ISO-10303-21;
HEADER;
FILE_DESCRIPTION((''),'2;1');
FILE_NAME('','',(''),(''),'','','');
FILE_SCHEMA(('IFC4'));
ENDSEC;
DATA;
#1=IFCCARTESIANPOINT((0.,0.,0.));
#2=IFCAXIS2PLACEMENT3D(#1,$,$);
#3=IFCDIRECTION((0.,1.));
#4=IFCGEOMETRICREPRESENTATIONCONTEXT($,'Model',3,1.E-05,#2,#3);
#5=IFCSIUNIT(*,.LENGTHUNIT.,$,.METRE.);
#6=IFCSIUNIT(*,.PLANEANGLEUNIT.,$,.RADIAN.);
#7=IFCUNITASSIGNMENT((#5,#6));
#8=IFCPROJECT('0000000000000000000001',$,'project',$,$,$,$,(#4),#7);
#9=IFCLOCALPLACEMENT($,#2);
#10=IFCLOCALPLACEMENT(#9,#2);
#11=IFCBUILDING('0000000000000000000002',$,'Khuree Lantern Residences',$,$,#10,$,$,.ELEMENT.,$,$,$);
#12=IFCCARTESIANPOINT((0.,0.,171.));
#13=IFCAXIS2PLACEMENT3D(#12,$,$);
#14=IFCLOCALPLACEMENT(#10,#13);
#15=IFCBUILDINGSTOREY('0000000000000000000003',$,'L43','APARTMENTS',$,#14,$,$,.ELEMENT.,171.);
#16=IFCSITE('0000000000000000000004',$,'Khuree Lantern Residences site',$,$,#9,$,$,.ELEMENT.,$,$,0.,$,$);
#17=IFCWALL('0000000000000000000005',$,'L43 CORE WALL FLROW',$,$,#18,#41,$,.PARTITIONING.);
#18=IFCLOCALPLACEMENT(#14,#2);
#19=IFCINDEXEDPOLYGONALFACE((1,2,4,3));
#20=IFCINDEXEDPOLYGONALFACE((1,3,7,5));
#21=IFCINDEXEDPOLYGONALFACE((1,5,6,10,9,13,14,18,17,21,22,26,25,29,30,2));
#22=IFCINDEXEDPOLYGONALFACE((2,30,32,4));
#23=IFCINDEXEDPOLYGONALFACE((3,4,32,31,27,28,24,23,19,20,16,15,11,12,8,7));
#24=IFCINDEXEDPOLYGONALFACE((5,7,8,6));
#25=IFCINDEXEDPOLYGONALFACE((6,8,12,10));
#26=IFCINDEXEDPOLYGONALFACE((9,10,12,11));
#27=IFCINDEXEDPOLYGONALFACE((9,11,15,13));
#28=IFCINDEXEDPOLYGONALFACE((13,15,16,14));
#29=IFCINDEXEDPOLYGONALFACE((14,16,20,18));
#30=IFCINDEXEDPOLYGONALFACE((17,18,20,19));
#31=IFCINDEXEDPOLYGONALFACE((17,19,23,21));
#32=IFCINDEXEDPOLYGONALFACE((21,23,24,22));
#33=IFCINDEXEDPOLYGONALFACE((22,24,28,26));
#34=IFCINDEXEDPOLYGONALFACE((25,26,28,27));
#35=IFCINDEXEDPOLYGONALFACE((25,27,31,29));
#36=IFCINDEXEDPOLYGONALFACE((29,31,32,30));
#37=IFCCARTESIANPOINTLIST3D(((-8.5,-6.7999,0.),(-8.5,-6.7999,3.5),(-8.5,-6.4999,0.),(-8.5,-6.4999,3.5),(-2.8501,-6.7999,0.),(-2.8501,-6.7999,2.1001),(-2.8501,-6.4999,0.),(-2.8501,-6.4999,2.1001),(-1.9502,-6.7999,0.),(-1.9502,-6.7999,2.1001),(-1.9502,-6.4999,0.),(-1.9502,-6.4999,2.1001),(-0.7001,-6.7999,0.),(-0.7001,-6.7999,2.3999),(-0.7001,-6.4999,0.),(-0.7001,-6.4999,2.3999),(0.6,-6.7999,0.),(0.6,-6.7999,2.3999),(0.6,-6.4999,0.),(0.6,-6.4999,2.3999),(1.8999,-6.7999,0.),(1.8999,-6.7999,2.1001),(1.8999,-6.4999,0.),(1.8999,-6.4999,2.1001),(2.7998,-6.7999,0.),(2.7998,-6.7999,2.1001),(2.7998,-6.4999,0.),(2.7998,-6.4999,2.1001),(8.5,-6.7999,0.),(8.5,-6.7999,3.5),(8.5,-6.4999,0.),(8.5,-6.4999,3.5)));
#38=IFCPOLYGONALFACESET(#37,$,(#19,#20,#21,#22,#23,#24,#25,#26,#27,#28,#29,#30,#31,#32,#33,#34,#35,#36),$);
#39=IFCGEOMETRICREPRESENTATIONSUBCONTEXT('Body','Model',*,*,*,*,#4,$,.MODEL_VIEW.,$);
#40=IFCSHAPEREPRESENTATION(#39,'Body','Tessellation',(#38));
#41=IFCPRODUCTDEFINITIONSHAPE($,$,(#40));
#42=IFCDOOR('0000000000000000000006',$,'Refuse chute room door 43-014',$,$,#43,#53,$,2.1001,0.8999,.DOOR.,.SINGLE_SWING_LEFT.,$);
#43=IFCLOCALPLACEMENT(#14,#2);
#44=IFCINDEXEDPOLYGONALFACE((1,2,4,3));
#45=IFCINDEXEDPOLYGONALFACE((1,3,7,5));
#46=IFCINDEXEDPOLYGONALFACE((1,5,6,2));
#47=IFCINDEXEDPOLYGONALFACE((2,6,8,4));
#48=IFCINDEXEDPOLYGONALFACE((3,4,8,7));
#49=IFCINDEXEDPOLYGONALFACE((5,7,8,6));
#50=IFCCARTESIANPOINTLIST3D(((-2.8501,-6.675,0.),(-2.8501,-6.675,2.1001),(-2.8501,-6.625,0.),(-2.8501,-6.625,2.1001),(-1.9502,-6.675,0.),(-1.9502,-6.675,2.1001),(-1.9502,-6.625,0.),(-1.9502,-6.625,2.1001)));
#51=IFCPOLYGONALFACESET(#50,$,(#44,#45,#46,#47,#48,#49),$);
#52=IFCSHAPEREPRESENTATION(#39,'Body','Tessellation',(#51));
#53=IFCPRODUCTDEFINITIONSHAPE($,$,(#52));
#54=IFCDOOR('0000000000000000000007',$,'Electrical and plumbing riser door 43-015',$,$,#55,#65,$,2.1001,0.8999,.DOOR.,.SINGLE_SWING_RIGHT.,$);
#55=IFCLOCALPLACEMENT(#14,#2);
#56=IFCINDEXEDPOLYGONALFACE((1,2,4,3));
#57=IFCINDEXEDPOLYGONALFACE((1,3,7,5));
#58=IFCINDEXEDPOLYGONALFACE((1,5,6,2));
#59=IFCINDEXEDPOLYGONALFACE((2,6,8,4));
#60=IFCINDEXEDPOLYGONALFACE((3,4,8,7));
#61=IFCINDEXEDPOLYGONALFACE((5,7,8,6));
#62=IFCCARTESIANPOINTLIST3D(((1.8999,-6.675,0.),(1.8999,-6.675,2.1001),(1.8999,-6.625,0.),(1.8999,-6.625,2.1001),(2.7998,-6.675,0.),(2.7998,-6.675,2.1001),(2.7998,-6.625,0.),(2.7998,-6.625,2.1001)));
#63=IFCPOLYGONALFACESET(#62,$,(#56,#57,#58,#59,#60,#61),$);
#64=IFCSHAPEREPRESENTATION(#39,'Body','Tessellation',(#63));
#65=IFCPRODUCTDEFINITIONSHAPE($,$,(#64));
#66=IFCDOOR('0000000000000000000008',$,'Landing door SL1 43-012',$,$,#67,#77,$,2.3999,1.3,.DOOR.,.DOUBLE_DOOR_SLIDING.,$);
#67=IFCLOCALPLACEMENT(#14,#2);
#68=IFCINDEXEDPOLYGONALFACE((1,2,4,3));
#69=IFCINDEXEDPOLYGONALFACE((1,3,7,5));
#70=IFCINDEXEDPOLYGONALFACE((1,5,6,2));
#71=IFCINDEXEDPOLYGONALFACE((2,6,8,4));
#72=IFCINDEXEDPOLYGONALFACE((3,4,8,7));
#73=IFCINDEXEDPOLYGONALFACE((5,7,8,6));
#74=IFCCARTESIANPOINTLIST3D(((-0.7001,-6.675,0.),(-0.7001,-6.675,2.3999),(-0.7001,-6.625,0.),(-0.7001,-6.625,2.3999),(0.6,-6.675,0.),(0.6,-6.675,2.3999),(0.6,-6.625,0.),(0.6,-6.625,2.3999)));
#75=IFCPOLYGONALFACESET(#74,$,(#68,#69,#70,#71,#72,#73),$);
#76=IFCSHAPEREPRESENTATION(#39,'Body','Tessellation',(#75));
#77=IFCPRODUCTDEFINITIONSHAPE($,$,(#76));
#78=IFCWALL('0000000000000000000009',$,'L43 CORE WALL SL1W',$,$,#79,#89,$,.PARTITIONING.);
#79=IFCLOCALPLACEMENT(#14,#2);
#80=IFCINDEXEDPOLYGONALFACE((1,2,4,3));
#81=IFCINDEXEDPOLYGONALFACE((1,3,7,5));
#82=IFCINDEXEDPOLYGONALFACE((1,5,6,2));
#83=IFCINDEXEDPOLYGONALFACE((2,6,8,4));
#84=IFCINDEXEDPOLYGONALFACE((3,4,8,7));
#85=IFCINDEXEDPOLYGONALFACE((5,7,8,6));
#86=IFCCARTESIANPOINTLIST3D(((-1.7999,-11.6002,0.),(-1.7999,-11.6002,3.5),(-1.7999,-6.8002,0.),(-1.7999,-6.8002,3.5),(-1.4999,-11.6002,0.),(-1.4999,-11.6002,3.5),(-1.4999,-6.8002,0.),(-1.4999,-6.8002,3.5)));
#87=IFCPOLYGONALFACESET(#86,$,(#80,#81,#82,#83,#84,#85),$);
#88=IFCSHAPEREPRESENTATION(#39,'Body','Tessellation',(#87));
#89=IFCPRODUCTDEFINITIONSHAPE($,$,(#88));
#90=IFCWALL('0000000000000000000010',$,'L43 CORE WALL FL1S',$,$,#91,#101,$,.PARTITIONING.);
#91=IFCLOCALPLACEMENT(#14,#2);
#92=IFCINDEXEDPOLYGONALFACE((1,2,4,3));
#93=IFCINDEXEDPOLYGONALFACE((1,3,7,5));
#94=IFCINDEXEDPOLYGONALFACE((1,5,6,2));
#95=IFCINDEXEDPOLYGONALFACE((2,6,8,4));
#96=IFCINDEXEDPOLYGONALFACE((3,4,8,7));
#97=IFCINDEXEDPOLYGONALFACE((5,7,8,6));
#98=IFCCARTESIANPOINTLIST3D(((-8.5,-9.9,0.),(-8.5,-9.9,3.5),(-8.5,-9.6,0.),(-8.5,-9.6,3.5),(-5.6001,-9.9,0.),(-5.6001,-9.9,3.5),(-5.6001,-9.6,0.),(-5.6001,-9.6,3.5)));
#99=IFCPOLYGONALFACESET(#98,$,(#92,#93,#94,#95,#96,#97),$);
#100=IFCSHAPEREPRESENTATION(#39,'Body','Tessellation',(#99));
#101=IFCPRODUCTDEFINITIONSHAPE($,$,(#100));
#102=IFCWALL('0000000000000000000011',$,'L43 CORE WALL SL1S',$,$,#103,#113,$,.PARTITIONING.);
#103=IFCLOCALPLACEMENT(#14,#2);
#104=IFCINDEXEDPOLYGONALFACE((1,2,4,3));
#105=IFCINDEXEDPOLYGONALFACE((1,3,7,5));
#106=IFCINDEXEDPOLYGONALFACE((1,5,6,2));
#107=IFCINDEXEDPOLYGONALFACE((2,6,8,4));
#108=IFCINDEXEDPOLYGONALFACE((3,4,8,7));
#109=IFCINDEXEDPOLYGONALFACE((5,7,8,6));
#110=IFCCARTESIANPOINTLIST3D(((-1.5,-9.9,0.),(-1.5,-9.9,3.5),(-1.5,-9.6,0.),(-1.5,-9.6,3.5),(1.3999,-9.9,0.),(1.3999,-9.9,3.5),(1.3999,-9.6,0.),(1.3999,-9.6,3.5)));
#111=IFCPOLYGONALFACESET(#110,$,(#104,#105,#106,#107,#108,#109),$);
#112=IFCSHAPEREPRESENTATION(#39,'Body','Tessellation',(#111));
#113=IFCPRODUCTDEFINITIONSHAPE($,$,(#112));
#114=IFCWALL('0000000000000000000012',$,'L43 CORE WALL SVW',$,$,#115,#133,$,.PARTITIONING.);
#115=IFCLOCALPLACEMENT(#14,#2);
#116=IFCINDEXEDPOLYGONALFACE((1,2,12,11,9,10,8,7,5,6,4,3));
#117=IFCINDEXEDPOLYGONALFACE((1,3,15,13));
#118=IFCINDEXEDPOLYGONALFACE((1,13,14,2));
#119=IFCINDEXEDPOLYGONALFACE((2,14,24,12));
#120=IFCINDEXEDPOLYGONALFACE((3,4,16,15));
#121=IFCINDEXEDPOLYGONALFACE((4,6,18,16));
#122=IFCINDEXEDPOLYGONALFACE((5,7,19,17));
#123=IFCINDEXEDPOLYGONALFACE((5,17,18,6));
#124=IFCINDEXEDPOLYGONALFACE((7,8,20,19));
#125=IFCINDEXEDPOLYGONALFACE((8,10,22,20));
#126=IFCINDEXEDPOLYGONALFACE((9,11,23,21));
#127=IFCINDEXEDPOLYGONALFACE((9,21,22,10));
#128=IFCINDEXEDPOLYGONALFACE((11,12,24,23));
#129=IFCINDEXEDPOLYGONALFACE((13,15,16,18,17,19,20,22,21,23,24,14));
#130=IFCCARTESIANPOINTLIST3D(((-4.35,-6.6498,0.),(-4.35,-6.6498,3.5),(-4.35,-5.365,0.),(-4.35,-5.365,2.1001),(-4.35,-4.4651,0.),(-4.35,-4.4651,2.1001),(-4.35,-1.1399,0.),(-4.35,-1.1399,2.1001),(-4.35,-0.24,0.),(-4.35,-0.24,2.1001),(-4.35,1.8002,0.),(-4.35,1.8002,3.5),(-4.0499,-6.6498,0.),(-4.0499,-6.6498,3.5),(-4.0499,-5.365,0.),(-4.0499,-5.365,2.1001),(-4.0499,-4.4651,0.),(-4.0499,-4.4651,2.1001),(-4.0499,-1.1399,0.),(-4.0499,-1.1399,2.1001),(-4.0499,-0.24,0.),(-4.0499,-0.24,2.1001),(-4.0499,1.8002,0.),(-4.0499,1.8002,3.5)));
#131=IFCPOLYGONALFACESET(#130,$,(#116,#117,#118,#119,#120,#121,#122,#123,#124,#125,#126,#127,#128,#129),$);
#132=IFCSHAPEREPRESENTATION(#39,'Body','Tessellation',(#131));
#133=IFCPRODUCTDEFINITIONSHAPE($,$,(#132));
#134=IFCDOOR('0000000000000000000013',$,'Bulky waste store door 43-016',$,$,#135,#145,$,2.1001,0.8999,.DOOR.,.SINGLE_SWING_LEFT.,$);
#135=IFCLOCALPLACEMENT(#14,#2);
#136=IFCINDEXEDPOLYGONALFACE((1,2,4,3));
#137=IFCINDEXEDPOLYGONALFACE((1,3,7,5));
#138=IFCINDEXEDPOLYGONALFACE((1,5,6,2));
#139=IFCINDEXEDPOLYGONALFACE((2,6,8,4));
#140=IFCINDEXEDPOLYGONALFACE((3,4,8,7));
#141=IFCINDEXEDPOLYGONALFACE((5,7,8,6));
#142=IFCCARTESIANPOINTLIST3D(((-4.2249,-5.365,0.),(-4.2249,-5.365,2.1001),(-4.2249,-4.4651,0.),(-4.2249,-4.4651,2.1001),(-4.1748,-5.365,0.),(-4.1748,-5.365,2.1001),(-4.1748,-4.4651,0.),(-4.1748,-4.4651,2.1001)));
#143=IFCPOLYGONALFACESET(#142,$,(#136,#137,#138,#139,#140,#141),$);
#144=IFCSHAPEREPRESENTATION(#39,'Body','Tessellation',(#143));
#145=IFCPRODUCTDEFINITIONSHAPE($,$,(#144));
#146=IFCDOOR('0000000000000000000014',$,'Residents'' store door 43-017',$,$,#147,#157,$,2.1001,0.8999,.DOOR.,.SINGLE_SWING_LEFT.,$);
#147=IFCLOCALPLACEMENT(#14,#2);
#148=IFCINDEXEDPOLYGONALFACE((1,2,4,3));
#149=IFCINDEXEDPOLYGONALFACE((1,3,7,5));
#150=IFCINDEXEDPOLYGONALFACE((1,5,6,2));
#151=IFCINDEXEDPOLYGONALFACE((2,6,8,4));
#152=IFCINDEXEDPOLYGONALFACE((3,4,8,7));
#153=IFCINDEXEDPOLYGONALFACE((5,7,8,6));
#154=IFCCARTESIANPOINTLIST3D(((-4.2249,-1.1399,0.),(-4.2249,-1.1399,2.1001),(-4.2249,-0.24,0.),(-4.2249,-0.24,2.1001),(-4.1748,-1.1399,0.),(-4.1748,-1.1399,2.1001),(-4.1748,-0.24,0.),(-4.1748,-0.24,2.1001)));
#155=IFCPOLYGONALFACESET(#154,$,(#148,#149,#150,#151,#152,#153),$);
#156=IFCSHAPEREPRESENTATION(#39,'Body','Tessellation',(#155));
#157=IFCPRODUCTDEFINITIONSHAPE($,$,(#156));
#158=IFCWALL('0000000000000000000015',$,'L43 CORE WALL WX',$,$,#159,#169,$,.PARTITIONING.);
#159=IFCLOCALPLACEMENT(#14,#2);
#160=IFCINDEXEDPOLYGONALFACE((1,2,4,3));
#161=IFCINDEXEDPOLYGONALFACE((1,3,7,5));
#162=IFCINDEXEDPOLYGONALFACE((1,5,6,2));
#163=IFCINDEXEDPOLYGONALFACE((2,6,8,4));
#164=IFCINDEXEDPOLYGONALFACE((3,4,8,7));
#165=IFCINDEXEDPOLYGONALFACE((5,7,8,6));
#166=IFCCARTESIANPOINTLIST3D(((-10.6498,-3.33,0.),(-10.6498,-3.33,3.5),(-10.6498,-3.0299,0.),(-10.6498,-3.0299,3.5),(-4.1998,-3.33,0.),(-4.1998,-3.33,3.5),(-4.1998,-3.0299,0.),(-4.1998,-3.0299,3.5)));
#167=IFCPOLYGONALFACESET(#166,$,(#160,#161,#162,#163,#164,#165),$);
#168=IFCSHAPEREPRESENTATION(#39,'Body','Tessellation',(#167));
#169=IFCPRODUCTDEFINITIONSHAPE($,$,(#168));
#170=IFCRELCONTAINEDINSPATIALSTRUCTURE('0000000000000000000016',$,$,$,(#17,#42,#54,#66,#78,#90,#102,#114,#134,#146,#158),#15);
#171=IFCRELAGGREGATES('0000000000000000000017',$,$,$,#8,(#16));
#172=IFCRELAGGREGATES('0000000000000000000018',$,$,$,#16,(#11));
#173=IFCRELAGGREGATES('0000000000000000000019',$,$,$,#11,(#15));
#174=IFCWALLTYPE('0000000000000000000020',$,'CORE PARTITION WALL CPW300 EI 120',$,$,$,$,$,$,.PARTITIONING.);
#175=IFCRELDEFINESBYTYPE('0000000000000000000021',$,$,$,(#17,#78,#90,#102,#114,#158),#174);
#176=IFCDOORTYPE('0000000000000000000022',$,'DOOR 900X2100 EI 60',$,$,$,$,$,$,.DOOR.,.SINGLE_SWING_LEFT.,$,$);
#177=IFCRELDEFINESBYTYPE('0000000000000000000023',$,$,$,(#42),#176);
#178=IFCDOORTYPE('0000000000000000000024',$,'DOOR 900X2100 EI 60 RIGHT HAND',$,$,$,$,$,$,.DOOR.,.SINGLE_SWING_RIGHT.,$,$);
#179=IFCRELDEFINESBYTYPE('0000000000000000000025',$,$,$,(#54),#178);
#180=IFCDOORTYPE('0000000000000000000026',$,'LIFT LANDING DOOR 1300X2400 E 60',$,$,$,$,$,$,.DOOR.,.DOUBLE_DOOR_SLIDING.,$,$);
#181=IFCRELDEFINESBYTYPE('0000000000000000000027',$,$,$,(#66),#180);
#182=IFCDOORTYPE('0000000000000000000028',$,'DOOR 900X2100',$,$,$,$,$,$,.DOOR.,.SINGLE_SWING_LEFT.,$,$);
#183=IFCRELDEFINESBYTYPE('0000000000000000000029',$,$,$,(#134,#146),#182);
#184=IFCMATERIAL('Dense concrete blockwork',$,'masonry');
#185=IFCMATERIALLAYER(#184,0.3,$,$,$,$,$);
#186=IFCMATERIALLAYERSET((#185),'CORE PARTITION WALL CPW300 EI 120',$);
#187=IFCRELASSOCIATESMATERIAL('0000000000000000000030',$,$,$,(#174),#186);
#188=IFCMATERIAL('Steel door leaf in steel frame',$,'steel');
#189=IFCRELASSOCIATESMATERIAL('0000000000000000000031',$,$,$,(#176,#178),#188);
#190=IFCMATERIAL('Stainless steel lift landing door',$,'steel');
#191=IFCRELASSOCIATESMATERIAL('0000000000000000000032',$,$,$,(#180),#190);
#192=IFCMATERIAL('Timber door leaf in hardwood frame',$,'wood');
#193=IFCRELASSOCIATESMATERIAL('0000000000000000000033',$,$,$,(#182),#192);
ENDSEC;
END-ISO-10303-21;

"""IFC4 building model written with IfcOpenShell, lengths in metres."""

from ifc_helpers import new_model, si_unit, direction, frame, frame_2d, origin, place, context, subcontext, project, spatial, rectangle, extrude, material, layer, layer_set, type_object, element, fill, save


model = new_model("IFC4")

# Units and contexts
model_context = context("Model", 3, precision=1e-05, world=origin(), true_north=direction((0.0, 1.0)))
body_context = subcontext(model_context, "Body", "Model", "MODEL_VIEW")
ifc_project = project(units=[si_unit("LENGTHUNIT", "METRE"), si_unit("PLANEANGLEUNIT", "RADIAN")], contexts=[model_context])

# Site, building, storey
site_placement = place(None, origin())
site = spatial("IfcSite", under=ifc_project, at=site_placement, Name="Khuree Lantern Residences site", CompositionType="ELEMENT", RefElevation=0.0)
building_placement = place(site_placement, origin())
building = spatial("IfcBuilding", under=site, at=building_placement, Name="Khuree Lantern Residences", CompositionType="ELEMENT")
storey_placement = place(building_placement, frame((0.0, 0.0, 171.0)))
storey = spatial("IfcBuildingStorey", under=building, at=storey_placement, Name="L43", Description="APARTMENTS", CompositionType="ELEMENT", Elevation=171.0)

# Wall, openings, doors
ifc_material_1 = material(Name="Dense concrete blockwork", Category="masonry")
ifc_layer_1 = layer(ifc_material_1, 0.3)
ifc_layer_set_1 = layer_set([ifc_layer_1], Name="CORE PARTITION WALL CPW300 EI 120")
wall_type_1 = type_object("IfcWallType", Name="CORE PARTITION WALL CPW300 EI 120", PredefinedType="PARTITIONING", material=ifc_layer_set_1)
wall_1_placement = place(storey_placement, frame((-8.5, -6.6499, 0.0), z_axis=(0.0, 0.0, 1.0), x_axis=(1.0, 0.0, 0.0)))
wall_1 = element("IfcWall", 1, at=wall_1_placement, inside=storey, type_object=wall_type_1, Name="L43 CORE WALL FLROW", PredefinedType="PARTITIONING", context=body_context, shape_type="SweptSolid", body=[
    extrude(rectangle(XDim=17.0, YDim=0.3, at=frame_2d((8.5, 0.0))), origin(), (0.0, 0.0, 1.0), 3.5),
])
opening_1_placement = place(wall_1_placement, frame((7.8, 0.0, 0.0)))
opening_1 = element("IfcOpeningElement", 2, at=opening_1_placement, cuts=wall_1, PredefinedType="OPENING", context=body_context, shape_type="SweptSolid", body=[
    extrude(rectangle(XDim=1.3, YDim=2.3999, at=frame_2d((0.6499, 1.2))), frame((0.0, 0.1602, 0.0), z_axis=(0.0, -1.0, 0.0), x_axis=(1.0, 0.0, 0.0)), (0.0, 0.0, 1.0), 0.3201),
])
opening_2_placement = place(wall_1_placement, frame((5.6499, 0.0, 0.0)))
opening_2 = element("IfcOpeningElement", 3, at=opening_2_placement, cuts=wall_1, PredefinedType="OPENING", context=body_context, shape_type="SweptSolid", body=[
    extrude(rectangle(XDim=0.8999, YDim=2.1001, at=frame_2d((0.45, 1.05))), frame((0.0, 0.1602, 0.0), z_axis=(0.0, -1.0, 0.0), x_axis=(1.0, 0.0, 0.0)), (0.0, 0.0, 1.0), 0.3201),
])
opening_3_placement = place(wall_1_placement, frame((10.3999, 0.0, 0.0)))
opening_3 = element("IfcOpeningElement", 4, at=opening_3_placement, cuts=wall_1, PredefinedType="OPENING", context=body_context, shape_type="SweptSolid", body=[
    extrude(rectangle(XDim=0.8999, YDim=2.1001, at=frame_2d((0.45, 1.05))), frame((0.0, 0.1602, 0.0), z_axis=(0.0, -1.0, 0.0), x_axis=(1.0, 0.0, 0.0)), (0.0, 0.0, 1.0), 0.3201),
])
ifc_material_2 = material(Name="Steel door leaf in steel frame", Category="steel")
door_type_1 = type_object("IfcDoorType", Name="DOOR 900X2100 EI 60", OperationType="SINGLE_SWING_LEFT", PredefinedType="DOOR", material=ifc_material_2)
door_1_placement = place(opening_2_placement, origin())
door_1 = element("IfcDoor", 5, at=door_1_placement, inside=storey, type_object=door_type_1, Name="Refuse chute room door 43-014", OperationType="SINGLE_SWING_LEFT", OverallHeight=2.1001, OverallWidth=0.8999, PredefinedType="DOOR", context=body_context, shape_type="SweptSolid", body=[
    extrude(rectangle(XDim=0.8999, YDim=2.1001, at=frame_2d((0.45, 1.05))), frame((0.0, 0.0249, 0.0), z_axis=(0.0, -1.0, 0.0), x_axis=(1.0, 0.0, 0.0)), (0.0, 0.0, 1.0), 0.05),
])
fill(opening_2, door_1)
door_type_2 = type_object("IfcDoorType", Name="DOOR 900X2100 EI 60 RIGHT HAND", OperationType="SINGLE_SWING_RIGHT", PredefinedType="DOOR", material=ifc_material_2)
door_2_placement = place(opening_3_placement, origin())
door_2 = element("IfcDoor", 6, at=door_2_placement, inside=storey, type_object=door_type_2, Name="Electrical and plumbing riser door 43-015", OperationType="SINGLE_SWING_RIGHT", OverallHeight=2.1001, OverallWidth=0.8999, PredefinedType="DOOR", context=body_context, shape_type="SweptSolid", body=[
    extrude(rectangle(XDim=0.8999, YDim=2.1001, at=frame_2d((0.45, 1.05))), frame((0.0, 0.0249, 0.0), z_axis=(0.0, -1.0, 0.0), x_axis=(1.0, 0.0, 0.0)), (0.0, 0.0, 1.0), 0.05),
])
fill(opening_3, door_2)
ifc_material_3 = material(Name="Stainless steel lift landing door", Category="steel")
door_type_3 = type_object("IfcDoorType", Name="LIFT LANDING DOOR 1300X2400 E 60", OperationType="DOUBLE_DOOR_SLIDING", PredefinedType="DOOR", material=ifc_material_3)
door_3_placement = place(opening_1_placement, origin())
door_3 = element("IfcDoor", 7, at=door_3_placement, inside=storey, type_object=door_type_3, Name="Landing door SL1 43-012", OperationType="DOUBLE_DOOR_SLIDING", OverallHeight=2.3999, OverallWidth=1.3, PredefinedType="DOOR", context=body_context, shape_type="SweptSolid", body=[
    extrude(rectangle(XDim=1.3, YDim=2.3999, at=frame_2d((0.6499, 1.2))), frame((0.0, 0.0249, 0.0), z_axis=(0.0, -1.0, 0.0), x_axis=(1.0, 0.0, 0.0)), (0.0, 0.0, 1.0), 0.05),
])
fill(opening_1, door_3)

# Walls
wall_2_placement = place(storey_placement, frame((-1.6499, -11.6001, 0.0), z_axis=(0.0, 0.0, 1.0), x_axis=(0.0, 1.0, 0.0)))
element("IfcWall", 8, at=wall_2_placement, inside=storey, type_object=wall_type_1, Name="L43 CORE WALL SL1W", PredefinedType="PARTITIONING", context=body_context, shape_type="SweptSolid", body=[
    extrude(rectangle(XDim=4.8, YDim=0.3, at=frame_2d((2.3999, 0.0))), origin(), (0.0, 0.0, 1.0), 3.5),
])
for number, where, z_axis, x_axis, name in (
    (9, (-8.5, -9.75, 0.0), (0.0, 0.0, 1.0), (1.0, 0.0, 0.0), "L43 CORE WALL FL1S"),
    (10, (-1.5, -9.75, 0.0), (0.0, 0.0, 1.0), (1.0, 0.0, 0.0), "L43 CORE WALL SL1S"),
):
    element("IfcWall", number, at=place(storey_placement, frame(where, z_axis=z_axis, x_axis=x_axis)), inside=storey, type_object=wall_type_1, Name=name, PredefinedType="PARTITIONING", context=body_context, shape_type="SweptSolid", body=[
        extrude(rectangle(XDim=2.8999, YDim=0.3, at=frame_2d((1.45, 0.0))), origin(), (0.0, 0.0, 1.0), 3.5),
    ])

# Wall, openings, doors
wall_3_placement = place(storey_placement, frame((-4.2, -6.6499, 0.0), z_axis=(0.0, 0.0, 1.0), x_axis=(0.0, 1.0, 0.0)))
wall_3 = element("IfcWall", 11, at=wall_3_placement, inside=storey, type_object=wall_type_1, Name="L43 CORE WALL SVW", PredefinedType="PARTITIONING", context=body_context, shape_type="SweptSolid", body=[
    extrude(rectangle(XDim=8.45, YDim=0.3, at=frame_2d((4.2251, 0.0))), origin(), (0.0, 0.0, 1.0), 3.5),
])
opening_4_placement = place(wall_3_placement, frame((1.2849, 0.0, 0.0)))
opening_4 = element("IfcOpeningElement", 12, at=opening_4_placement, cuts=wall_3, PredefinedType="OPENING", context=body_context, shape_type="SweptSolid", body=[
    extrude(rectangle(XDim=0.8999, YDim=2.1001, at=frame_2d((0.45, 1.05))), frame((0.0, 0.1602, 0.0), z_axis=(0.0, -1.0, 0.0), x_axis=(1.0, 0.0, 0.0)), (0.0, 0.0, 1.0), 0.3201),
])
opening_5_placement = place(wall_3_placement, frame((5.51, 0.0, 0.0)))
opening_5 = element("IfcOpeningElement", 13, at=opening_5_placement, cuts=wall_3, PredefinedType="OPENING", context=body_context, shape_type="SweptSolid", body=[
    extrude(rectangle(XDim=0.8999, YDim=2.1001, at=frame_2d((0.45, 1.05))), frame((0.0, 0.1602, 0.0), z_axis=(0.0, -1.0, 0.0), x_axis=(1.0, 0.0, 0.0)), (0.0, 0.0, 1.0), 0.3201),
])
ifc_material_4 = material(Name="Timber door leaf in hardwood frame", Category="wood")
door_type_4 = type_object("IfcDoorType", Name="DOOR 900X2100", OperationType="SINGLE_SWING_LEFT", PredefinedType="DOOR", material=ifc_material_4)
door_4_placement = place(opening_4_placement, origin())
door_4 = element("IfcDoor", 14, at=door_4_placement, inside=storey, type_object=door_type_4, Name="Bulky waste store door 43-016", OperationType="SINGLE_SWING_LEFT", OverallHeight=2.1001, OverallWidth=0.8999, PredefinedType="DOOR", context=body_context, shape_type="SweptSolid", body=[
    extrude(rectangle(XDim=0.8999, YDim=2.1001, at=frame_2d((0.45, 1.05))), frame((0.0, 0.0249, 0.0), z_axis=(0.0, -1.0, 0.0), x_axis=(1.0, 0.0, 0.0)), (0.0, 0.0, 1.0), 0.05),
])
fill(opening_4, door_4)
door_5_placement = place(opening_5_placement, origin())
door_5 = element("IfcDoor", 15, at=door_5_placement, inside=storey, type_object=door_type_4, Name="Residents' store door 43-017", OperationType="SINGLE_SWING_LEFT", OverallHeight=2.1001, OverallWidth=0.8999, PredefinedType="DOOR", context=body_context, shape_type="SweptSolid", body=[
    extrude(rectangle(XDim=0.8999, YDim=2.1001, at=frame_2d((0.45, 1.05))), frame((0.0, 0.0249, 0.0), z_axis=(0.0, -1.0, 0.0), x_axis=(1.0, 0.0, 0.0)), (0.0, 0.0, 1.0), 0.05),
])
fill(opening_5, door_5)

# Wall
wall_4_placement = place(storey_placement, frame((-10.6499, -3.1799, 0.0), z_axis=(0.0, 0.0, 1.0), x_axis=(1.0, 0.0, 0.0)))
element("IfcWall", 16, at=wall_4_placement, inside=storey, type_object=wall_type_1, Name="L43 CORE WALL WX", PredefinedType="PARTITIONING", context=body_context, shape_type="SweptSolid", body=[
    extrude(rectangle(XDim=6.45, YDim=0.3, at=frame_2d((3.2251, 0.0))), origin(), (0.0, 0.0, 1.0), 3.5),
])

save(model, "model.ifc")
